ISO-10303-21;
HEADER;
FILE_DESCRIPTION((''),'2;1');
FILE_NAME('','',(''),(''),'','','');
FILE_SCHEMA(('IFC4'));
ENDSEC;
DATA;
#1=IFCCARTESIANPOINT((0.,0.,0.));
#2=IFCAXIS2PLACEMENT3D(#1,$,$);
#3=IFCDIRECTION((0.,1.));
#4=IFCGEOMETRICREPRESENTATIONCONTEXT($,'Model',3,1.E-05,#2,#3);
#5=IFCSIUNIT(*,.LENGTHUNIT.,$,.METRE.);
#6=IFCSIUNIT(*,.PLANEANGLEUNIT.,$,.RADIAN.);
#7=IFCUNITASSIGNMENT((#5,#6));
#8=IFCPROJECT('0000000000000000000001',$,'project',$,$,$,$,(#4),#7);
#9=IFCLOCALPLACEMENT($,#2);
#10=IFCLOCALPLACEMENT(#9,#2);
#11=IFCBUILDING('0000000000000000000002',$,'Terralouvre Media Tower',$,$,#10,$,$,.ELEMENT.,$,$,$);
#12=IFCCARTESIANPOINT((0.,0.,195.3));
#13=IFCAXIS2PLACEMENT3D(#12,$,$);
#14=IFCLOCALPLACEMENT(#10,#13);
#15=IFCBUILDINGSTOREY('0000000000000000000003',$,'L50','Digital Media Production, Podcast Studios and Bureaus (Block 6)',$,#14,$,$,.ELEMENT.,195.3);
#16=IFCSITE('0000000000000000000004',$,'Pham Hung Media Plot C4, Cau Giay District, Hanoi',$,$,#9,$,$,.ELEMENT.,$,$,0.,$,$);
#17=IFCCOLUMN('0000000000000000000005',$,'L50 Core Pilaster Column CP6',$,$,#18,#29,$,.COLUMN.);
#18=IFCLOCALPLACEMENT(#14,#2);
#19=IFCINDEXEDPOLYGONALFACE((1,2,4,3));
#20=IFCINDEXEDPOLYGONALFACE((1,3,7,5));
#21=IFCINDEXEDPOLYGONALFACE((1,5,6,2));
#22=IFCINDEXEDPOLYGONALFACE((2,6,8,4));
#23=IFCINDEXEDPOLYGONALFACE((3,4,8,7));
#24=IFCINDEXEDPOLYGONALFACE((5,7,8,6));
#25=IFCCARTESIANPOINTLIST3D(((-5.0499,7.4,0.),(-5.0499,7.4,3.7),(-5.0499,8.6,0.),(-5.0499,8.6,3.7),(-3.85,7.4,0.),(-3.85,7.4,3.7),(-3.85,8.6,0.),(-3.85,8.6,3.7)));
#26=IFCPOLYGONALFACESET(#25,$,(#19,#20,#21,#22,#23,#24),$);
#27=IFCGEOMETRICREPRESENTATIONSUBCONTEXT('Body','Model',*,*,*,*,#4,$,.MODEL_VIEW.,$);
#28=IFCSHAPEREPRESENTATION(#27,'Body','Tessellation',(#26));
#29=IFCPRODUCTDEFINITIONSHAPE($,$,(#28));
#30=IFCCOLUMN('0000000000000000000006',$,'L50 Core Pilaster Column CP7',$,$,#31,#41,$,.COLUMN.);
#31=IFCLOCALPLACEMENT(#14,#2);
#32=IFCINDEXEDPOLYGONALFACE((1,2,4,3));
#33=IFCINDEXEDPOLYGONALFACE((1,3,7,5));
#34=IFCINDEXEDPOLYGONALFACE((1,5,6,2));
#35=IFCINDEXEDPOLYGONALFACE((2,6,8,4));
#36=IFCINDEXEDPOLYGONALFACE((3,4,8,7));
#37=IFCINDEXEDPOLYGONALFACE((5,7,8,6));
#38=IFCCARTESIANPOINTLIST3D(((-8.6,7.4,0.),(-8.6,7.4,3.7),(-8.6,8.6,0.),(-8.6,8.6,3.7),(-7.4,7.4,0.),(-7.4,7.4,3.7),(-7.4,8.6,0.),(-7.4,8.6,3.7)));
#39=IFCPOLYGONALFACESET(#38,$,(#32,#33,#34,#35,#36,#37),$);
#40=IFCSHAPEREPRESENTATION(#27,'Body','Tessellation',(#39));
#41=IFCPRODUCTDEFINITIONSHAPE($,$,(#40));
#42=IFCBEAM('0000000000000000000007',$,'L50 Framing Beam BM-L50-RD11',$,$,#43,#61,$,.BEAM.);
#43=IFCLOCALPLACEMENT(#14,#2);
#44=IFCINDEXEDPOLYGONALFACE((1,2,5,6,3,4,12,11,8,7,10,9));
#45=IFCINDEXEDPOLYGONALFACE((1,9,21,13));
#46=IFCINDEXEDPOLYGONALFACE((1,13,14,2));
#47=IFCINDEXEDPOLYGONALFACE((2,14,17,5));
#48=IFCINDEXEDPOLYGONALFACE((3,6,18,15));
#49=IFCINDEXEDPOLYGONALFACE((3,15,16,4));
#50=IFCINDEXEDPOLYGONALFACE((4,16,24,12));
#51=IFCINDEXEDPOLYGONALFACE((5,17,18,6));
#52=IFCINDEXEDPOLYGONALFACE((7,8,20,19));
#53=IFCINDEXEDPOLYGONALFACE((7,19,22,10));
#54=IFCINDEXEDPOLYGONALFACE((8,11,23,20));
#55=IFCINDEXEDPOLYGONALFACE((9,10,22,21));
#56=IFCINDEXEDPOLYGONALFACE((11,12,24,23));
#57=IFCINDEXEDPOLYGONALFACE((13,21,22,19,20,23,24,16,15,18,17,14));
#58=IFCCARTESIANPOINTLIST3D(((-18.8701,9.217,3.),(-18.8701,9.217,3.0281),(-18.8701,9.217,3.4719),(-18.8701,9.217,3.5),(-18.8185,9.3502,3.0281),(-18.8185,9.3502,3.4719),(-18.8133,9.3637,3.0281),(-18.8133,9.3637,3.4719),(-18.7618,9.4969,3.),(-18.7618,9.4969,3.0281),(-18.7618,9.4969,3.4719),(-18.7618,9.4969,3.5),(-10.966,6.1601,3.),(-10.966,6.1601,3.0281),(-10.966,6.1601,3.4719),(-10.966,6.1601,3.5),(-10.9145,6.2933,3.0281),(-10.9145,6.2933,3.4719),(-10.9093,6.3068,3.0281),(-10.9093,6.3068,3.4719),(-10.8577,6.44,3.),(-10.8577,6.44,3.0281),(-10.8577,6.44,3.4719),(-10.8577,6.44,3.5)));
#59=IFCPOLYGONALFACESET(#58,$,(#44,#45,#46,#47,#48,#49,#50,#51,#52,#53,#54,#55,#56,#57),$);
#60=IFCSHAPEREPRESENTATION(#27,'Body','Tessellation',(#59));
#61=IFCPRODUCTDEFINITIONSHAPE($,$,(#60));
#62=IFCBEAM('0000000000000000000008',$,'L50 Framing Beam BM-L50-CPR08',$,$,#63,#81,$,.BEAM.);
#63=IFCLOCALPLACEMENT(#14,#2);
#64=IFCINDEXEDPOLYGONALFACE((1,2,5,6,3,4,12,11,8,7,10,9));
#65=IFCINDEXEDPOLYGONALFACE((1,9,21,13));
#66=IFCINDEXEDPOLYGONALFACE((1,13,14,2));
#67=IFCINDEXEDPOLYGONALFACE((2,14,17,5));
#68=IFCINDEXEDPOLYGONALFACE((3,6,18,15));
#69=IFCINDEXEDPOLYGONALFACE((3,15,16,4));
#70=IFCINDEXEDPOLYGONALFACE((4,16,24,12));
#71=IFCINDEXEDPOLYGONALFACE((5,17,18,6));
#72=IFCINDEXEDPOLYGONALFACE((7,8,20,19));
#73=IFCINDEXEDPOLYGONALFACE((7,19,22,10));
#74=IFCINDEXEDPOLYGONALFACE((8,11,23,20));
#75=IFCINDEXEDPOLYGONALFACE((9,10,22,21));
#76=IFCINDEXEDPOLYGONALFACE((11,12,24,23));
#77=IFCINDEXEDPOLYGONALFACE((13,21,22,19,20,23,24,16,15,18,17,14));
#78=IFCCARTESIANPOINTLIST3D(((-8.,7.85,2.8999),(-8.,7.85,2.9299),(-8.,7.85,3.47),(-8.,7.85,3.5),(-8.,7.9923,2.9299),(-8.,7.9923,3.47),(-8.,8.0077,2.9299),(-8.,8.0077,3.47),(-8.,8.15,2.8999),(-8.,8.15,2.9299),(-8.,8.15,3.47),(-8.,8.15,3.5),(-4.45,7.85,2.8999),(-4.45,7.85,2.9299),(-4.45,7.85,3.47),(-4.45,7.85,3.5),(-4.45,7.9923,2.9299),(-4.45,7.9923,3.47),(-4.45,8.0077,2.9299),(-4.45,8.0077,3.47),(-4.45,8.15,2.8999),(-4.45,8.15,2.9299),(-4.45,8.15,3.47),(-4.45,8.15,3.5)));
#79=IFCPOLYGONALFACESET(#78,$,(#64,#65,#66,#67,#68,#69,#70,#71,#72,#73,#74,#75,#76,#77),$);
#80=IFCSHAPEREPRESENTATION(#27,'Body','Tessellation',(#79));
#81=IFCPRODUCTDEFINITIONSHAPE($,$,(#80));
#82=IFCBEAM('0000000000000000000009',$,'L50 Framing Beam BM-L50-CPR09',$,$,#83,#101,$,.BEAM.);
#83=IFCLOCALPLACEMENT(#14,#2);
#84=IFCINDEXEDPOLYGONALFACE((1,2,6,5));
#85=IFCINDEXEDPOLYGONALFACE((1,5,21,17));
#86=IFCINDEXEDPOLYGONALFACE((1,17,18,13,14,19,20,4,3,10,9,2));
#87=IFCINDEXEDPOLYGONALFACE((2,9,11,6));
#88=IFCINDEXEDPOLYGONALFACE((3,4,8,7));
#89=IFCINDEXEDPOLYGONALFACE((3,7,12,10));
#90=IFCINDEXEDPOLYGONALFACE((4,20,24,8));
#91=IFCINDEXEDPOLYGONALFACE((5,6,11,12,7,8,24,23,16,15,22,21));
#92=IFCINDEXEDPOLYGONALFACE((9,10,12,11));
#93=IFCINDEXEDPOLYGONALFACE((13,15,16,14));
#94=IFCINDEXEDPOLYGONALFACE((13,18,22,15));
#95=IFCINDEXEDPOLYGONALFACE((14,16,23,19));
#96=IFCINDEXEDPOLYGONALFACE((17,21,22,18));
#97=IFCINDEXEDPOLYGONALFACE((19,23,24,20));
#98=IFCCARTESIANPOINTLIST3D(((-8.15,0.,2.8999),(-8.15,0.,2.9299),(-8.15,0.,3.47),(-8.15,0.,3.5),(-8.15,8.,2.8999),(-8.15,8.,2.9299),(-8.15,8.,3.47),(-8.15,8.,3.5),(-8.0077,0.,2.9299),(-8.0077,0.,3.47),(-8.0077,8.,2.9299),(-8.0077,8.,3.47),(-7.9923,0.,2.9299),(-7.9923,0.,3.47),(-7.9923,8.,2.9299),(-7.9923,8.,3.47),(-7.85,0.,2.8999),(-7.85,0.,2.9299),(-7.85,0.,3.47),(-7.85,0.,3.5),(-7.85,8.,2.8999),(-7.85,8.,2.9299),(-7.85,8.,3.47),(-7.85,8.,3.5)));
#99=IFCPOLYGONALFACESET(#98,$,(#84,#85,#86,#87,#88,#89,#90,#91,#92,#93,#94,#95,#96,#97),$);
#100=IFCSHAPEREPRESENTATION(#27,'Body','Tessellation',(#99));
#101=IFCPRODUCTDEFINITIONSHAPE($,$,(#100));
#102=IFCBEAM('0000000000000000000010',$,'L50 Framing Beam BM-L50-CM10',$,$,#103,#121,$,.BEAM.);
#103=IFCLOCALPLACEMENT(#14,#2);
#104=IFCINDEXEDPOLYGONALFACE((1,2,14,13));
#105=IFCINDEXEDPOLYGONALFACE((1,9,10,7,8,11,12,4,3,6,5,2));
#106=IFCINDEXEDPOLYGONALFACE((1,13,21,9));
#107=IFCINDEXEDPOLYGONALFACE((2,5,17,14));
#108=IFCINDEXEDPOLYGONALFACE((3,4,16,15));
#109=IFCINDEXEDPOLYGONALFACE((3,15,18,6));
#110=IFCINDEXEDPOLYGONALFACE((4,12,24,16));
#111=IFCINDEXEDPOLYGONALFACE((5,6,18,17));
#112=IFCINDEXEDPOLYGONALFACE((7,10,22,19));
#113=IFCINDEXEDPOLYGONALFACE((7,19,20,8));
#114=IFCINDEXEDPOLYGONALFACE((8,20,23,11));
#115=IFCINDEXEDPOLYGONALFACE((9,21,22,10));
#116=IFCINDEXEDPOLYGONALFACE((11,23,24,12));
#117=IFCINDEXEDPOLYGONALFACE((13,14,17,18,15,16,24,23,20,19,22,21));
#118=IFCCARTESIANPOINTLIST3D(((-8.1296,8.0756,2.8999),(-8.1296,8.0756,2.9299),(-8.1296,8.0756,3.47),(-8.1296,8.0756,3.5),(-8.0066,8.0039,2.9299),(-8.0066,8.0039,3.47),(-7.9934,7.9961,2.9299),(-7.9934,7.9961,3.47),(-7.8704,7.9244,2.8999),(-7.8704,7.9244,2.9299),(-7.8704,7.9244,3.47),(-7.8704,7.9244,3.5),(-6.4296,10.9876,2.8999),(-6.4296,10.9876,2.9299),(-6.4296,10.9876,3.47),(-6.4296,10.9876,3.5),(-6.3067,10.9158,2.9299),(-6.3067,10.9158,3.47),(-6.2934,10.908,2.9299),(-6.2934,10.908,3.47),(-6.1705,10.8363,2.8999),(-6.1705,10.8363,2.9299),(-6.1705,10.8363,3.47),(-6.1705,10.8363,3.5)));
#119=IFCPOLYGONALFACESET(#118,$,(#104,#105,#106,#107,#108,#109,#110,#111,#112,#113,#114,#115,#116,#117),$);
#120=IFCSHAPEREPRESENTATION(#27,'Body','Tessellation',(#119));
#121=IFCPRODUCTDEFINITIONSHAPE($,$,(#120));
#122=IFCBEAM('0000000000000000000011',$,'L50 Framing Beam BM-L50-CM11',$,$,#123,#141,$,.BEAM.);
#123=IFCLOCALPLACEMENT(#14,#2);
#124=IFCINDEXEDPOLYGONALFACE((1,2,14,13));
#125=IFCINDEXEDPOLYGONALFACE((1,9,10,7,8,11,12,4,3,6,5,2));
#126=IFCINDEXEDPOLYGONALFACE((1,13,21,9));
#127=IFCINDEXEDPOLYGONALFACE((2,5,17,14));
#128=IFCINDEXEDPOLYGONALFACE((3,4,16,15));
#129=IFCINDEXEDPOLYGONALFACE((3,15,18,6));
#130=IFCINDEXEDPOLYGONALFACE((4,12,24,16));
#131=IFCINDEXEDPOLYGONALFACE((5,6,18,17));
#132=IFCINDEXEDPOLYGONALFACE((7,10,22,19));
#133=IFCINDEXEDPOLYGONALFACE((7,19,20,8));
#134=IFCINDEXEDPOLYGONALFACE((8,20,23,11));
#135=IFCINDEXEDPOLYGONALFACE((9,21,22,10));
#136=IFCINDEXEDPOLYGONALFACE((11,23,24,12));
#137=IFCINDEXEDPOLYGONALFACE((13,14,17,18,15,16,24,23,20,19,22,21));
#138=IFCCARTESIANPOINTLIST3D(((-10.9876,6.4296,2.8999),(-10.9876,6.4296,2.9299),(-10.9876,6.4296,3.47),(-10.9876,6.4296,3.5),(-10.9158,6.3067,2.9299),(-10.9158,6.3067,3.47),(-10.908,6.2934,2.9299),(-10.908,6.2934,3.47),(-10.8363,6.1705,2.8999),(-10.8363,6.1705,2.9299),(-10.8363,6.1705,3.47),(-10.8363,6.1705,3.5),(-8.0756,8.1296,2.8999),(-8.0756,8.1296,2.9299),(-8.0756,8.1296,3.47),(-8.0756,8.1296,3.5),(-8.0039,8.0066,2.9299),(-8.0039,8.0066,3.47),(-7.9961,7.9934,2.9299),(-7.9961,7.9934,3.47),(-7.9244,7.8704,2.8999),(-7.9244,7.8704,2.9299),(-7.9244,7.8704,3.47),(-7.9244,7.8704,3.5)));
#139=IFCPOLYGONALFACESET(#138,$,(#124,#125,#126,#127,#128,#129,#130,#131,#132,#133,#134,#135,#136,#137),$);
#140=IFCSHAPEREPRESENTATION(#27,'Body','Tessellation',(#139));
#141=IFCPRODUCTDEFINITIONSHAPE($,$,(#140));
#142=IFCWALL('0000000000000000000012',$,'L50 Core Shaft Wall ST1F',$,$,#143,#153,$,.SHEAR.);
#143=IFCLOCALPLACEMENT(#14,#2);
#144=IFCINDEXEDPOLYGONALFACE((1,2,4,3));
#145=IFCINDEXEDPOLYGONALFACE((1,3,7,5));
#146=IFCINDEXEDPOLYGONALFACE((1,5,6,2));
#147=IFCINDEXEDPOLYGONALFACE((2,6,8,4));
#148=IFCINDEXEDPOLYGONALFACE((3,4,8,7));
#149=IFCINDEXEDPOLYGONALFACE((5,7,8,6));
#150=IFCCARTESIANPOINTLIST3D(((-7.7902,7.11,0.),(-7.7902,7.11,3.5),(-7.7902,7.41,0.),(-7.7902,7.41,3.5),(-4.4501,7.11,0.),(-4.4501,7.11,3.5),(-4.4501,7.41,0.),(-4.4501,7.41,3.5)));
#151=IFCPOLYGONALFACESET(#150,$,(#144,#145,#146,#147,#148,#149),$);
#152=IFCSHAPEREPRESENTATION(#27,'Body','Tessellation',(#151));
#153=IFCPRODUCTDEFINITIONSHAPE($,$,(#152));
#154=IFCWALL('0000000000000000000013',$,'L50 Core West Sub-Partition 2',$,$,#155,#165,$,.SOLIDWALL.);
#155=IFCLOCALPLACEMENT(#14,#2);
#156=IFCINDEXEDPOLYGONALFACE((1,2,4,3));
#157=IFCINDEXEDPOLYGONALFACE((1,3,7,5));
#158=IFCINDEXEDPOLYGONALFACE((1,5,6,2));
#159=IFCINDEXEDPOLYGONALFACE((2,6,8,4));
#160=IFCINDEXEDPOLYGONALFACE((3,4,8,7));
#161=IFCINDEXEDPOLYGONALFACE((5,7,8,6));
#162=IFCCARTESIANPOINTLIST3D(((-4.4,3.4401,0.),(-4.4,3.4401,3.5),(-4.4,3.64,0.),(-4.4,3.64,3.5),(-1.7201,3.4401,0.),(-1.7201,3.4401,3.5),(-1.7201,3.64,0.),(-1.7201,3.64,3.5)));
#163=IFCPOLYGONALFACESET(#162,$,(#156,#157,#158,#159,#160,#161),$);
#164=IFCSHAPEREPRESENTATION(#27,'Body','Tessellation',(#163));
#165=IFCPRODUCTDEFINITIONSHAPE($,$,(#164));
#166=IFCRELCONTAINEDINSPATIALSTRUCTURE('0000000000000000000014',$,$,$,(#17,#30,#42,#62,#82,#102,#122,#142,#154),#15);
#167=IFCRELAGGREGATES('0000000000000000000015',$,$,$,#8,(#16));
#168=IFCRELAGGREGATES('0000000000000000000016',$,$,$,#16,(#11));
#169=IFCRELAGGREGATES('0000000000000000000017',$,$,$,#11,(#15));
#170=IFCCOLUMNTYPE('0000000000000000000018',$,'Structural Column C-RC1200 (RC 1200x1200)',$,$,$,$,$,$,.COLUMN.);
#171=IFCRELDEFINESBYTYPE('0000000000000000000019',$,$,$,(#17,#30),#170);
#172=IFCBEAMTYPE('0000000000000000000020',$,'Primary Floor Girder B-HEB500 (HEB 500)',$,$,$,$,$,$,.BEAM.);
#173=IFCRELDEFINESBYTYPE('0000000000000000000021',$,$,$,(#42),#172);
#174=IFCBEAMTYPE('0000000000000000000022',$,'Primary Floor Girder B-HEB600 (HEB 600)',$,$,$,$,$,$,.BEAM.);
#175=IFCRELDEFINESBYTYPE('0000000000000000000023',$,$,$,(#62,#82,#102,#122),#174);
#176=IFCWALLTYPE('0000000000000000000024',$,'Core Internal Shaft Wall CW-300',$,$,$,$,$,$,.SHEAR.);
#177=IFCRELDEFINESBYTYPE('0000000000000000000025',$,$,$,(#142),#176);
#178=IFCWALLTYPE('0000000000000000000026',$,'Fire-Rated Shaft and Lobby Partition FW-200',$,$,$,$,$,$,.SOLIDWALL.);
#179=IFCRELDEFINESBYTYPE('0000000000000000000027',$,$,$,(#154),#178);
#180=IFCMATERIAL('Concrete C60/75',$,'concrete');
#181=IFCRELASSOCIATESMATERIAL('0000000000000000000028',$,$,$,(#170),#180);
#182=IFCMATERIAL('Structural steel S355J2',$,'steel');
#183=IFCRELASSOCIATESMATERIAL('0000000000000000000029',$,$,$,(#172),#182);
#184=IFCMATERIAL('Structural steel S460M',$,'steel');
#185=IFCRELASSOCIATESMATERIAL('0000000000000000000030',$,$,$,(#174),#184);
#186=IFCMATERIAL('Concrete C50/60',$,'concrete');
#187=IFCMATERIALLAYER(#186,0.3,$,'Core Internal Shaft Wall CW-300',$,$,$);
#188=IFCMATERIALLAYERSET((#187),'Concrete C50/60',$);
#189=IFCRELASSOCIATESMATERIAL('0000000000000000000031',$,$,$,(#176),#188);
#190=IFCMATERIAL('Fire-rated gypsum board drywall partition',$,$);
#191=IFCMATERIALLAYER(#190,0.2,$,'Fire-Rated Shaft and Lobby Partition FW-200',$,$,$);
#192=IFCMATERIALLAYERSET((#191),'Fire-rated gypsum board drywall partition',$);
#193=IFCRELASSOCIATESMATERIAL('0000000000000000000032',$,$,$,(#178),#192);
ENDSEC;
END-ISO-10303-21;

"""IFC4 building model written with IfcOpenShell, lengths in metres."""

from ifc_helpers import new_model, si_unit, direction, frame, frame_2d, origin, origin_2d, place, context, subcontext, project, spatial, rectangle, i_section, extrude, material, layer, layer_set, material_profile, profile_set, type_object, element, save


model = new_model("IFC4")

# Units and contexts
model_context = context("Model", 3, precision=1e-05, world=origin(), true_north=direction((0.0, 1.0)))
body_context = subcontext(model_context, "Body", "Model", "MODEL_VIEW")
ifc_project = project(units=[si_unit("LENGTHUNIT", "METRE"), si_unit("PLANEANGLEUNIT", "RADIAN")], contexts=[model_context])

# Site, building, storey
site_placement = place(None, origin())
site = spatial("IfcSite", under=ifc_project, at=site_placement, Name="Pham Hung Media Plot C4, Cau Giay District, Hanoi", CompositionType="ELEMENT", RefElevation=0.0)
building_placement = place(site_placement, origin())
building = spatial("IfcBuilding", under=site, at=building_placement, Name="Terralouvre Media Tower", CompositionType="ELEMENT")
storey_placement = place(building_placement, frame((0.0, 0.0, 195.3)))
storey = spatial("IfcBuildingStorey", under=building, at=storey_placement, Name="L50", Description="Digital Media Production, Podcast Studios and Bureaus (Block 6)", CompositionType="ELEMENT", Elevation=195.3)

# Columns
ifc_material_1 = material(Name="Concrete C60/75", Category="concrete")
ifc_material_profile_1 = material_profile(ifc_material_1, rectangle(XDim=1.2, YDim=1.2, at=origin_2d()), Name="RC 1200x1200")
ifc_profile_set_1 = profile_set([ifc_material_profile_1], Name="Concrete C60/75")
column_type = type_object("IfcColumnType", Name="Structural Column C-RC1200 (RC 1200x1200)", PredefinedType="COLUMN", material=ifc_profile_set_1)
for number, where, z_axis, x_axis, name in (
    (1, (-4.45, 8.0, 0.0), (0.0, 0.0, 1.0), (1.0, 0.0, 0.0), "L50 Core Pilaster Column CP6"),
    (2, (-8.0, 8.0, 0.0), (0.0, 0.0, 1.0), (1.0, 0.0, 0.0), "L50 Core Pilaster Column CP7"),
):
    element("IfcColumn", number, at=place(storey_placement, frame(where, z_axis=z_axis, x_axis=x_axis)), inside=storey, type_object=column_type, Name=name, PredefinedType="COLUMN", context=body_context, shape_type="SweptSolid", body=[
        extrude(rectangle(XDim=1.2, YDim=1.2, at=origin_2d()), origin(), (0.0, 0.0, 1.0), 3.7),
    ])

# Beams
ifc_material_2 = material(Name="Structural steel S355J2", Category="steel")
ifc_material_profile_2 = material_profile(ifc_material_2, i_section(OverallWidth=0.3, OverallDepth=0.5, WebThickness=0.0144, FlangeThickness=0.0281, at=origin_2d()), Name="HEB 500")
ifc_profile_set_2 = profile_set([ifc_material_profile_2], Name="Structural steel S355J2")
beam_type_1 = type_object("IfcBeamType", Name="Primary Floor Girder B-HEB500 (HEB 500)", PredefinedType="BEAM", material=ifc_profile_set_2)
beam_1_placement = place(storey_placement, frame((-10.9119, 6.3, 3.25), z_axis=(-0.932677, 0.360712, 0.0), x_axis=(-0.360712, -0.932677, 0.0)))
element("IfcBeam", 3, at=beam_1_placement, inside=storey, type_object=beam_type_1, Name="L50 Framing Beam BM-L50-RD11", PredefinedType="BEAM", context=body_context, shape_type="SweptSolid", body=[
    extrude(i_section(OverallWidth=0.3, OverallDepth=0.5, WebThickness=0.0144, FlangeThickness=0.0281, at=origin_2d()), origin(), (0.0, 0.0, 1.0), 8.4746),
])
ifc_material_3 = material(Name="Structural steel S460M", Category="steel")
ifc_material_profile_3 = material_profile(ifc_material_3, i_section(OverallWidth=0.3, OverallDepth=0.6001, WebThickness=0.0154, FlangeThickness=0.03, at=origin_2d()), Name="HEB 600")
ifc_profile_set_3 = profile_set([ifc_material_profile_3], Name="Structural steel S460M")
beam_type_2 = type_object("IfcBeamType", Name="Primary Floor Girder B-HEB600 (HEB 600)", PredefinedType="BEAM", material=ifc_profile_set_3)
beam_2_placement = place(storey_placement, frame((-4.45, 8.0, 3.2), z_axis=(-1.0, 0.0, 0.0), x_axis=(0.0, -1.0, 0.0)))
element("IfcBeam", 4, at=beam_2_placement, inside=storey, type_object=beam_type_2, Name="L50 Framing Beam BM-L50-CPR08", PredefinedType="BEAM", context=body_context, shape_type="SweptSolid", body=[
    extrude(i_section(OverallWidth=0.3, OverallDepth=0.6001, WebThickness=0.0154, FlangeThickness=0.03, at=origin_2d()), origin(), (0.0, 0.0, 1.0), 3.55),
])
beam_3_placement = place(storey_placement, frame((-8.0, 8.0, 3.2), z_axis=(0.0, -1.0, 0.0), x_axis=(1.0, 0.0, 0.0)))
element("IfcBeam", 5, at=beam_3_placement, inside=storey, type_object=beam_type_2, Name="L50 Framing Beam BM-L50-CPR09", PredefinedType="BEAM", context=body_context, shape_type="SweptSolid", body=[
    extrude(i_section(OverallWidth=0.3, OverallDepth=0.6001, WebThickness=0.0154, FlangeThickness=0.03, at=origin_2d()), origin(), (0.0, 0.0, 1.0), 8.0),
])
for number, where, z_axis, x_axis, name in (
    (6, (-8.0, 8.0, 3.2), (0.504173, 0.863603, 0.0), (-0.863603, 0.504173, 0.0), "L50 Framing Beam BM-L50-CM10"),
    (7, (-8.0, 8.0, 3.2), (-0.863603, -0.504173, 0.0), (0.504173, -0.863603, 0.0), "L50 Framing Beam BM-L50-CM11"),
):
    element("IfcBeam", number, at=place(storey_placement, frame(where, z_axis=z_axis, x_axis=x_axis)), inside=storey, type_object=beam_type_2, Name=name, PredefinedType="BEAM", context=body_context, shape_type="SweptSolid", body=[
        extrude(i_section(OverallWidth=0.3, OverallDepth=0.6001, WebThickness=0.0154, FlangeThickness=0.03, at=origin_2d()), origin(), (0.0, 0.0, 1.0), 3.3718),
    ])

# Shared definitions
ifc_material_4 = material(Name="Concrete C50/60", Category="concrete")
ifc_layer_1 = layer(ifc_material_4, 0.3, Name="Core Internal Shaft Wall CW-300")
ifc_layer_set_1 = layer_set([ifc_layer_1], Name="Concrete C50/60")
wall_type_1 = type_object("IfcWallType", Name="Core Internal Shaft Wall CW-300", PredefinedType="SHEAR", material=ifc_layer_set_1)

# Wall
wall_1_placement = place(storey_placement, frame((-7.79, 7.26, 0.0), z_axis=(0.0, 0.0, 1.0), x_axis=(1.0, 0.0, 0.0)))
element("IfcWall", 8, at=wall_1_placement, inside=storey, type_object=wall_type_1, Name="L50 Core Shaft Wall ST1F", PredefinedType="SHEAR", context=body_context, shape_type="SweptSolid", body=[
    extrude(rectangle(XDim=3.3401, YDim=0.3, at=frame_2d((1.6699, 0.0))), origin(), (0.0, 0.0, 1.0), 3.5),
])

# Wall
ifc_material_5 = material(Name="Fire-rated gypsum board drywall partition")
ifc_layer_2 = layer(ifc_material_5, 0.2, Name="Fire-Rated Shaft and Lobby Partition FW-200")
ifc_layer_set_2 = layer_set([ifc_layer_2], Name="Fire-rated gypsum board drywall partition")
wall_type_2 = type_object("IfcWallType", Name="Fire-Rated Shaft and Lobby Partition FW-200", PredefinedType="SOLIDWALL", material=ifc_layer_set_2)
wall_2_placement = place(storey_placement, frame((-4.3999, 3.54, 0.0), z_axis=(0.0, 0.0, 1.0), x_axis=(1.0, 0.0, 0.0)))
element("IfcWall", 9, at=wall_2_placement, inside=storey, type_object=wall_type_2, Name="L50 Core West Sub-Partition 2", PredefinedType="SOLIDWALL", context=body_context, shape_type="SweptSolid", body=[
    extrude(rectangle(XDim=2.6799, YDim=0.2, at=frame_2d((1.3398, 0.0))), origin(), (0.0, 0.0, 1.0), 3.5),
])

save(model, "model.ifc")
